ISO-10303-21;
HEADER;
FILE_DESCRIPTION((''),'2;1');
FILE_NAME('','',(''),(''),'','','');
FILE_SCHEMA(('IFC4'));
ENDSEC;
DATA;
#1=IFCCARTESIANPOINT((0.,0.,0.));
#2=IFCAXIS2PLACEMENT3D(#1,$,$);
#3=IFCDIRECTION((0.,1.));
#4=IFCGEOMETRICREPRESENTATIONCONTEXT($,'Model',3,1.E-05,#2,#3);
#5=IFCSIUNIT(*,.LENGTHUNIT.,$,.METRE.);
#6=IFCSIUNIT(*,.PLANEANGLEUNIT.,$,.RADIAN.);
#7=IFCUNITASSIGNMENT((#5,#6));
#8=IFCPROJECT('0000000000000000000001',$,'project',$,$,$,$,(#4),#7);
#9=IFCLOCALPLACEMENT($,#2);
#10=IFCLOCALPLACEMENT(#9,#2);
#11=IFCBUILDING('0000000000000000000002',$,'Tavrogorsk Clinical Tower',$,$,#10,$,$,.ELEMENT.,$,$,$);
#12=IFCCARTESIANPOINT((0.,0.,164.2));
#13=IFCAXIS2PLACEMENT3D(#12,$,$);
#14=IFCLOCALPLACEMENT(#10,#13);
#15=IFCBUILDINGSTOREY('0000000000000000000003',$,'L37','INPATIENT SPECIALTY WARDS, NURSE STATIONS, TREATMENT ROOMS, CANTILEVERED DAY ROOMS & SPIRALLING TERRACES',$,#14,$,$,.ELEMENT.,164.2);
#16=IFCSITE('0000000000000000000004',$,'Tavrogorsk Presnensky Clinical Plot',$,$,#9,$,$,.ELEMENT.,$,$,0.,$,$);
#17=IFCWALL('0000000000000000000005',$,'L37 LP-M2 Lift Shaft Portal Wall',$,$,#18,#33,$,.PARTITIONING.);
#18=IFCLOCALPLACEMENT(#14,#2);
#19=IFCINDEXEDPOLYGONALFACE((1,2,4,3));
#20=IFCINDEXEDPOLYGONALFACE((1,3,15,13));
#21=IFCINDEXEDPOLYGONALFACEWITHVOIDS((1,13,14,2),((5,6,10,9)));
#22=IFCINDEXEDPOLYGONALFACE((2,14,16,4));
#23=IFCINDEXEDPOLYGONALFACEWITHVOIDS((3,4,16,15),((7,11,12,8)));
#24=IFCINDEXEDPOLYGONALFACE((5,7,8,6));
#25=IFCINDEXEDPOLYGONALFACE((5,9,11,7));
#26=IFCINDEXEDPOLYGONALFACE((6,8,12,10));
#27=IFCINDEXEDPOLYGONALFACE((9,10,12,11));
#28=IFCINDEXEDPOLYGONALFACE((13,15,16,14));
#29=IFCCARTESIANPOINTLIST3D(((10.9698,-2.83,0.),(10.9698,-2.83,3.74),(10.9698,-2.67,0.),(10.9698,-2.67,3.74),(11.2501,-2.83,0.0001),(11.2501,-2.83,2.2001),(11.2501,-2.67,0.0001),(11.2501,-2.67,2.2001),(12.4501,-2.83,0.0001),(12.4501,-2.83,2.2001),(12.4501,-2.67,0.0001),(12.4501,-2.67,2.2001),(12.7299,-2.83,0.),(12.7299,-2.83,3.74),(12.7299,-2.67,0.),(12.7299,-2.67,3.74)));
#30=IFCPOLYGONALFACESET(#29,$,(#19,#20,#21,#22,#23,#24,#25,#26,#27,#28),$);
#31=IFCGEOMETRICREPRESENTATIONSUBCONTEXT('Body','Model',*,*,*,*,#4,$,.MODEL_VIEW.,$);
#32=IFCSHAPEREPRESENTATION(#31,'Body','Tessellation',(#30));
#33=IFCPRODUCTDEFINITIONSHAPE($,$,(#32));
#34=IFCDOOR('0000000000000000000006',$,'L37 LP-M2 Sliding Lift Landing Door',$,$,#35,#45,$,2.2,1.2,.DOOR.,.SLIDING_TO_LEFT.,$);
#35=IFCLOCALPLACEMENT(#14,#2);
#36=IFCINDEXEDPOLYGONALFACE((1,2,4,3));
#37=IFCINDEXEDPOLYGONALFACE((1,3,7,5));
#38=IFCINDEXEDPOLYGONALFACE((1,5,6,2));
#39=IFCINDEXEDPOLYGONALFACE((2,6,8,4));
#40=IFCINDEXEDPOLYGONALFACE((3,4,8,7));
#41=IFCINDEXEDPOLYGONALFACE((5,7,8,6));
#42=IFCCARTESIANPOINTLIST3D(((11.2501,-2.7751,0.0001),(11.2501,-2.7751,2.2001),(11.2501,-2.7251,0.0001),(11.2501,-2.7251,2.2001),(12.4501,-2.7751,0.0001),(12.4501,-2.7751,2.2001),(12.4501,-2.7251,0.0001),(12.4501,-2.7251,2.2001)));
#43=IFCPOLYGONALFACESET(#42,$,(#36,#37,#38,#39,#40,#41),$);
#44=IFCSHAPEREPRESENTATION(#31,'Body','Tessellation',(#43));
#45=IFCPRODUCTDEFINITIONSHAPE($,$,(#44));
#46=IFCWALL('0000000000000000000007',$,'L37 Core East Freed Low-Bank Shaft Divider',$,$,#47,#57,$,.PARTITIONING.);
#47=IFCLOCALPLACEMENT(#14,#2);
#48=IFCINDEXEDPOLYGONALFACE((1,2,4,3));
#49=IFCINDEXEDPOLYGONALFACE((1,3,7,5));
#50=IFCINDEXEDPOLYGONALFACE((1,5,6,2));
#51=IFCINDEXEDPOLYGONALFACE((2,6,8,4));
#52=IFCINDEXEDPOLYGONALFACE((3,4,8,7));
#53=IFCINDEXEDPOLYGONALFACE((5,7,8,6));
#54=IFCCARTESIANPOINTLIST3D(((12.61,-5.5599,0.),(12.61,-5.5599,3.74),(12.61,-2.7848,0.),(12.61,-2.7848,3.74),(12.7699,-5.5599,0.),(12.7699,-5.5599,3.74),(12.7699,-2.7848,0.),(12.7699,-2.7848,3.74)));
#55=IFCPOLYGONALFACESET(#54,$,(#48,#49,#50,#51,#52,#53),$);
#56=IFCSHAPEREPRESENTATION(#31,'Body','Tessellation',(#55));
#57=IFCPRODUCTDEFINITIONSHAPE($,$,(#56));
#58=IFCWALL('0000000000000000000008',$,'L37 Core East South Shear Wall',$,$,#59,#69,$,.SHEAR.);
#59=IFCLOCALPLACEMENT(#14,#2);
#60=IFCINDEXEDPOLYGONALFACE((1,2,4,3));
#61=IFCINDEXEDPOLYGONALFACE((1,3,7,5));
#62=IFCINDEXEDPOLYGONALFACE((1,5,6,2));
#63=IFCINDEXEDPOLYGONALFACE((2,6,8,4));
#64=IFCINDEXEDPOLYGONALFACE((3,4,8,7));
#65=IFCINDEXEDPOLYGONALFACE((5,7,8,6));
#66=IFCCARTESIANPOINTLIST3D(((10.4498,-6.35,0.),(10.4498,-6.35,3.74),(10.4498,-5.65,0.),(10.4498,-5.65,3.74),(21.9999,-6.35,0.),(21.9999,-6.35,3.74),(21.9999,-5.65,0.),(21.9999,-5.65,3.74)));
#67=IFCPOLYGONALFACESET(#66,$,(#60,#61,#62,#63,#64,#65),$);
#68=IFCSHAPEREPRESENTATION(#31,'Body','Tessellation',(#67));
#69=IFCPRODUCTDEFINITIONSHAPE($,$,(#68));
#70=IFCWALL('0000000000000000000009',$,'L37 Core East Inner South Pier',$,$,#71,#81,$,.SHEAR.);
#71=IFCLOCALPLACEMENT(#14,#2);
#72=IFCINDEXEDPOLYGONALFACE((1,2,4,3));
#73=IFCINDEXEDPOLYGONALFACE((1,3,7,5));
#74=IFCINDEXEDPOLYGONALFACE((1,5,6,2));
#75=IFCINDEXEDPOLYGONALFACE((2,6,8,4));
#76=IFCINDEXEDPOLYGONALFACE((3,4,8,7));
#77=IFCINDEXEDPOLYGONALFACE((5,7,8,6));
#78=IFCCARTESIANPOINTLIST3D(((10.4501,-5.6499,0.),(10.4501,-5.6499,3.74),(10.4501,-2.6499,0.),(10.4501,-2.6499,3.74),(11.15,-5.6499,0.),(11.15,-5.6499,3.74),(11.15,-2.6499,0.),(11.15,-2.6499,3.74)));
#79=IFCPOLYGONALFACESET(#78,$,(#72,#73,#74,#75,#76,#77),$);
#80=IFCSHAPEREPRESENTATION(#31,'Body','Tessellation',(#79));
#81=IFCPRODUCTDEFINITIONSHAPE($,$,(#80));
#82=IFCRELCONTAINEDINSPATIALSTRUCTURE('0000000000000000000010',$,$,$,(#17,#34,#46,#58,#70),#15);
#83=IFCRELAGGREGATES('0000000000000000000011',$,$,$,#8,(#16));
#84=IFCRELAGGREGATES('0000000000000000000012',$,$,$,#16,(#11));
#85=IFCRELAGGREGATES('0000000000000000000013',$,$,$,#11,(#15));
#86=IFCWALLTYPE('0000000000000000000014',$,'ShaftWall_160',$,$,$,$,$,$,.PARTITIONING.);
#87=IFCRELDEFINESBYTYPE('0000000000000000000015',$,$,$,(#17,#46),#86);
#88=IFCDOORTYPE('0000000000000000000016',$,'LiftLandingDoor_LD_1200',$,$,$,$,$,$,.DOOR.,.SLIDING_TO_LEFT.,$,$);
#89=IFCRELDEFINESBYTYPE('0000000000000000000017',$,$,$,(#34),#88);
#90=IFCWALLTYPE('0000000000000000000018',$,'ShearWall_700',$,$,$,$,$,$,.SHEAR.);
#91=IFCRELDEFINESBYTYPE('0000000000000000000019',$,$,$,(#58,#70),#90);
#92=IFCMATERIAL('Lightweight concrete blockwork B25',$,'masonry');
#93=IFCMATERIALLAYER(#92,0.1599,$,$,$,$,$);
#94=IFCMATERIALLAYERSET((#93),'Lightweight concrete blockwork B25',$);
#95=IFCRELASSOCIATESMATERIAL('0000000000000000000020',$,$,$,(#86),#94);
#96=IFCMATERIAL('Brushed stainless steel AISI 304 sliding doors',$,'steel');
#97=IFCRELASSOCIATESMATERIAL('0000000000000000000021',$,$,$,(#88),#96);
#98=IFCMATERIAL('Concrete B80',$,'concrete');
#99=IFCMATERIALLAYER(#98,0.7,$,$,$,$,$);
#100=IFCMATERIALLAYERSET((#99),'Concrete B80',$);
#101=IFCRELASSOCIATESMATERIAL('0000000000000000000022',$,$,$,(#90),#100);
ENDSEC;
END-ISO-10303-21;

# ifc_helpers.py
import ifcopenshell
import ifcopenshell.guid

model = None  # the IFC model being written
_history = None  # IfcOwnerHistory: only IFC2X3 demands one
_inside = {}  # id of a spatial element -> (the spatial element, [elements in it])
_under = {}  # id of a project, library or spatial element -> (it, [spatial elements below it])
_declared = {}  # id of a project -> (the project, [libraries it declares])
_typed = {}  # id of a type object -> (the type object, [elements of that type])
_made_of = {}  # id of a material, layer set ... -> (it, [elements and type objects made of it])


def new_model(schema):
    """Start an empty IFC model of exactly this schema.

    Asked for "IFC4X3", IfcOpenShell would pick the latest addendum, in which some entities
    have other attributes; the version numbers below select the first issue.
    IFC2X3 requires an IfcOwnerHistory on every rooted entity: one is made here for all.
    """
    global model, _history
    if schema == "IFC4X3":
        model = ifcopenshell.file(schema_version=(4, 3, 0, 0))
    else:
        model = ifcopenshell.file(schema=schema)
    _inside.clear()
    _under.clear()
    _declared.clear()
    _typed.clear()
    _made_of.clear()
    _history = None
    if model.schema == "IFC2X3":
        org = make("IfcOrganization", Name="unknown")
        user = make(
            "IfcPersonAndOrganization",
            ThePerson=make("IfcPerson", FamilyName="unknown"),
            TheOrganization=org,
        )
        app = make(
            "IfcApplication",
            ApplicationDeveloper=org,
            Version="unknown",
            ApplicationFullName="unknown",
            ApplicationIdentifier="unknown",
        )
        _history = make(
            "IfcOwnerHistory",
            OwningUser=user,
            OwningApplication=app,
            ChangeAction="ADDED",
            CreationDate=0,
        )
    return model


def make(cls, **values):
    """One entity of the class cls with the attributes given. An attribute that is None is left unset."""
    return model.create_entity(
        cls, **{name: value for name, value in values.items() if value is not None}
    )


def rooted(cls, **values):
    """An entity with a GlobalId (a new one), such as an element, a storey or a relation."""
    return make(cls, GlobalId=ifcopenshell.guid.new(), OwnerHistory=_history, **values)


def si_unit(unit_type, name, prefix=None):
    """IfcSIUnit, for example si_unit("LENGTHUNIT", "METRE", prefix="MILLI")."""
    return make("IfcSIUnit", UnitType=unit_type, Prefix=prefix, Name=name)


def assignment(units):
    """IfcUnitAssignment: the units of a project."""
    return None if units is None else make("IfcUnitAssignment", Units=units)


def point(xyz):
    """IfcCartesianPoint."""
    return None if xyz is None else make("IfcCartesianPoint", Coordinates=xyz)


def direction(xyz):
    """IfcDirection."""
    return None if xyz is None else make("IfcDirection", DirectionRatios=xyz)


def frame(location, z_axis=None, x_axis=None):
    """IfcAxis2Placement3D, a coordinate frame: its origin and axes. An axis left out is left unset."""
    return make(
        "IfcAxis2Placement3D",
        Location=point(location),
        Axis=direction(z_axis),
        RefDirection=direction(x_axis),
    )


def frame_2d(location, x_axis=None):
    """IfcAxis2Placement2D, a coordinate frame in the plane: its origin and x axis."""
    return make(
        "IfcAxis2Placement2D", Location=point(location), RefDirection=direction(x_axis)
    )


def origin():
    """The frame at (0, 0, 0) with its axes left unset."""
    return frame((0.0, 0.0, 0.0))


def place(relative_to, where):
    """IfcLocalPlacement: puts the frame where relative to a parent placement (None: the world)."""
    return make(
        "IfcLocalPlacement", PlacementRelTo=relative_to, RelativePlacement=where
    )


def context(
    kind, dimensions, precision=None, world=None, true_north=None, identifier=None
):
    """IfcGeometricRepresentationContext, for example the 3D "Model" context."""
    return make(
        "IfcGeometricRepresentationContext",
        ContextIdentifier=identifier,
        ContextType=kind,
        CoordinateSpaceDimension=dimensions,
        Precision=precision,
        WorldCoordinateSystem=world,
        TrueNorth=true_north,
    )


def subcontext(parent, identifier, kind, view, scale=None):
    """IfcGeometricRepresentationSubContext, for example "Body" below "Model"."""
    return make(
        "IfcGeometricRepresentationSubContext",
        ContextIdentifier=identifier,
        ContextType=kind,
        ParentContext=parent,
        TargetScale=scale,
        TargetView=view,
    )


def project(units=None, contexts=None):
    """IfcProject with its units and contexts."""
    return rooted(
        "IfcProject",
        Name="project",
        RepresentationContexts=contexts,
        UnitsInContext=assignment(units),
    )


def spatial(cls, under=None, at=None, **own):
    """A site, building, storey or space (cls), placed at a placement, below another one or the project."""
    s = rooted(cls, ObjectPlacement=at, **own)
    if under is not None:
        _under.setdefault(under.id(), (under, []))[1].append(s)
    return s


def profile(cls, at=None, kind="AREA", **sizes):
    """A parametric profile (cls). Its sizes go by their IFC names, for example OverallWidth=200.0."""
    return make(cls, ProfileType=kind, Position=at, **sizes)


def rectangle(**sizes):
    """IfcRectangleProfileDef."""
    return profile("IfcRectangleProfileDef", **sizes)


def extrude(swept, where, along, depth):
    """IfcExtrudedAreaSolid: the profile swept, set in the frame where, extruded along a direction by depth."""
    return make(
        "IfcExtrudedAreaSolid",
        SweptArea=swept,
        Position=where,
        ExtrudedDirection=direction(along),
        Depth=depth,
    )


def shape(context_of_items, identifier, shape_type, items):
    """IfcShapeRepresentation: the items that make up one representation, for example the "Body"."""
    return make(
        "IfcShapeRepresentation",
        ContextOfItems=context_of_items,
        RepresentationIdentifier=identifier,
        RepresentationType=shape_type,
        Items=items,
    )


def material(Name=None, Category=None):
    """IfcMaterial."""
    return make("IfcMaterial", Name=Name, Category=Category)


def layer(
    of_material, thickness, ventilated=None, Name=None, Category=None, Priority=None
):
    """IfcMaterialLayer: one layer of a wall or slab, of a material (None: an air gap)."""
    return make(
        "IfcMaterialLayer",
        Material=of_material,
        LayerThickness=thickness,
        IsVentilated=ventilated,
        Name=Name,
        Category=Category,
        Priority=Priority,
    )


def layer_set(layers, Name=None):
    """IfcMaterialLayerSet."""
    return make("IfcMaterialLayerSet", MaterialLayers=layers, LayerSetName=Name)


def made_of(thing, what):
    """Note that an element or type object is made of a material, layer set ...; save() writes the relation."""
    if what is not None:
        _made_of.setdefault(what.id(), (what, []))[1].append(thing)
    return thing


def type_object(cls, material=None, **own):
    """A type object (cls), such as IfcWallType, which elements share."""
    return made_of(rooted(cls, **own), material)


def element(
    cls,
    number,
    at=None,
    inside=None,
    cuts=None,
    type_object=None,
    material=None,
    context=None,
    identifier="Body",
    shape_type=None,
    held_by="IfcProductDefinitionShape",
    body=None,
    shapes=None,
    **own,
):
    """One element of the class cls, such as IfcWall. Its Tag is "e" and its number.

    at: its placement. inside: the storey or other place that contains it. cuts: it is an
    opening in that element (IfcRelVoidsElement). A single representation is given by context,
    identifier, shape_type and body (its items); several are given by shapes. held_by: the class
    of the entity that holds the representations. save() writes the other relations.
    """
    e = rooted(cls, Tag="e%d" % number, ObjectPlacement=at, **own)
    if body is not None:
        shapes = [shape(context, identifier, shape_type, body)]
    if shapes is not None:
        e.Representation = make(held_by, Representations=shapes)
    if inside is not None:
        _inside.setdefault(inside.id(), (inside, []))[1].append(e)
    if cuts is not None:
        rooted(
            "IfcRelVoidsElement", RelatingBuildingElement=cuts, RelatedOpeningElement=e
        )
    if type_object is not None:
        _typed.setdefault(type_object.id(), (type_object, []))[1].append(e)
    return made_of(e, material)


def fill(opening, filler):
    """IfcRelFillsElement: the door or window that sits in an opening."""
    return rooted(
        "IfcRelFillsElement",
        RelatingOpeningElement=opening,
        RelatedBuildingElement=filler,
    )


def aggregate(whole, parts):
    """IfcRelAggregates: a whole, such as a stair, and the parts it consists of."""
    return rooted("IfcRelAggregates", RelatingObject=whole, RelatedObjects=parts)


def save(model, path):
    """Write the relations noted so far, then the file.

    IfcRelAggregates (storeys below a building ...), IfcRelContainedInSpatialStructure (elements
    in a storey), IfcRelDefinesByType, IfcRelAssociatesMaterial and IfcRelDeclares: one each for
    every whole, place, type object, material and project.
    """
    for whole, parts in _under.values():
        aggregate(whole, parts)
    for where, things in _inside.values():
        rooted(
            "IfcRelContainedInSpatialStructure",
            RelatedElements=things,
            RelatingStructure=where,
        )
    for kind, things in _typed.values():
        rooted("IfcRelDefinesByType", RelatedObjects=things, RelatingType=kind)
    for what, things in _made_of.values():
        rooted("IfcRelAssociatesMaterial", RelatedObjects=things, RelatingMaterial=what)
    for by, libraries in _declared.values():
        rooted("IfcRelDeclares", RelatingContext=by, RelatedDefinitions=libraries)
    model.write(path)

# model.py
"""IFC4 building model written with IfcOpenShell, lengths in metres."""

from ifc_helpers import new_model, si_unit, direction, frame, frame_2d, origin, place, context, subcontext, project, spatial, rectangle, extrude, material, layer, layer_set, type_object, element, fill, save


model = new_model("IFC4")

# Units and contexts
model_context = context("Model", 3, precision=1e-05, world=origin(), true_north=direction((0.0, 1.0)))
body_context = subcontext(model_context, "Body", "Model", "MODEL_VIEW")
ifc_project = project(units=[si_unit("LENGTHUNIT", "METRE"), si_unit("PLANEANGLEUNIT", "RADIAN")], contexts=[model_context])

# Site, building, storey
site_placement = place(None, origin())
site = spatial("IfcSite", under=ifc_project, at=site_placement, Name="Tavrogorsk Presnensky Clinical Plot", CompositionType="ELEMENT", RefElevation=0.0)
building_placement = place(site_placement, origin())
building = spatial("IfcBuilding", under=site, at=building_placement, Name="Tavrogorsk Clinical Tower", CompositionType="ELEMENT")
storey_placement = place(building_placement, frame((0.0, 0.0, 164.2)))
storey = spatial("IfcBuildingStorey", under=building, at=storey_placement, Name="L37", Description="INPATIENT SPECIALTY WARDS, NURSE STATIONS, TREATMENT ROOMS, CANTILEVERED DAY ROOMS & SPIRALLING TERRACES", CompositionType="ELEMENT", Elevation=164.2)

# Wall, opening, door
ifc_material_1 = material(Name="Lightweight concrete blockwork B25", Category="masonry")
ifc_layer_1 = layer(ifc_material_1, 0.1599)
ifc_layer_set_1 = layer_set([ifc_layer_1], Name="Lightweight concrete blockwork B25")
wall_type_1 = type_object("IfcWallType", Name="ShaftWall_160", PredefinedType="PARTITIONING", material=ifc_layer_set_1)
wall_1_placement = place(storey_placement, frame((10.97, -2.75, 0.0), z_axis=(0.0, 0.0, 1.0), x_axis=(1.0, 0.0, 0.0)))
wall_1 = element("IfcWall", 1, at=wall_1_placement, inside=storey, type_object=wall_type_1, Name="L37 LP-M2 Lift Shaft Portal Wall", PredefinedType="PARTITIONING", context=body_context, shape_type="SweptSolid", body=[
    extrude(rectangle(XDim=1.76, YDim=0.1599, at=frame_2d((0.8799, 0.0))), origin(), (0.0, 0.0, 1.0), 3.74),
])
opening_1_placement = place(wall_1_placement, frame((0.28, 0.0, 0.0)))
opening_1 = element("IfcOpeningElement", 2, at=opening_1_placement, cuts=wall_1, PredefinedType="OPENING", context=body_context, shape_type="SweptSolid", body=[
    extrude(rectangle(XDim=1.2, YDim=2.2, at=frame_2d((0.6001, 1.1001))), frame((0.0, 0.0898, 0.0), z_axis=(0.0, -1.0, 0.0), x_axis=(1.0, 0.0, 0.0)), (0.0, 0.0, 1.0), 0.1799),
])
ifc_material_2 = material(Name="Brushed stainless steel AISI 304 sliding doors", Category="steel")
door_type_1 = type_object("IfcDoorType", Name="LiftLandingDoor_LD_1200", OperationType="SLIDING_TO_LEFT", PredefinedType="DOOR", material=ifc_material_2)
door_1_placement = place(opening_1_placement, origin())
door_1 = element("IfcDoor", 3, at=door_1_placement, inside=storey, type_object=door_type_1, Name="L37 LP-M2 Sliding Lift Landing Door", OperationType="SLIDING_TO_LEFT", OverallHeight=2.2, OverallWidth=1.2, PredefinedType="DOOR", context=body_context, shape_type="SweptSolid", body=[
    extrude(rectangle(XDim=1.2, YDim=2.2, at=frame_2d((0.6001, 1.1001))), frame((0.0, 0.0249, 0.0), z_axis=(0.0, -1.0, 0.0), x_axis=(1.0, 0.0, 0.0)), (0.0, 0.0, 1.0), 0.05),
])
fill(opening_1, door_1)

# Walls
wall_2_placement = place(storey_placement, frame((12.6899, -5.5601, 0.0), z_axis=(0.0, 0.0, 1.0), x_axis=(0.0, 1.0, 0.0)))
element("IfcWall", 4, at=wall_2_placement, inside=storey, type_object=wall_type_1, Name="L37 Core East Freed Low-Bank Shaft Divider", PredefinedType="PARTITIONING", context=body_context, shape_type="SweptSolid", body=[
    extrude(rectangle(XDim=2.7751, YDim=0.1599, at=frame_2d((1.3877, 0.0))), origin(), (0.0, 0.0, 1.0), 3.74),
])
ifc_material_3 = material(Name="Concrete B80", Category="concrete")
ifc_layer_2 = layer(ifc_material_3, 0.7)
ifc_layer_set_2 = layer_set([ifc_layer_2], Name="Concrete B80")
wall_type_2 = type_object("IfcWallType", Name="ShearWall_700", PredefinedType="SHEAR", material=ifc_layer_set_2)
wall_3_placement = place(storey_placement, frame((10.45, -6.0, 0.0), z_axis=(0.0, 0.0, 1.0), x_axis=(1.0, 0.0, 0.0)))
element("IfcWall", 5, at=wall_3_placement, inside=storey, type_object=wall_type_2, Name="L37 Core East South Shear Wall", PredefinedType="SHEAR", context=body_context, shape_type="SweptSolid", body=[
    extrude(rectangle(XDim=11.55, YDim=0.7, at=frame_2d((5.7749, 0.0))), origin(), (0.0, 0.0, 1.0), 3.74),
])
wall_4_placement = place(storey_placement, frame((10.8, -5.6499, 0.0), z_axis=(0.0, 0.0, 1.0), x_axis=(0.0, 1.0, 0.0)))
element("IfcWall", 6, at=wall_4_placement, inside=storey, type_object=wall_type_2, Name="L37 Core East Inner South Pier", PredefinedType="SHEAR", context=body_context, shape_type="SweptSolid", body=[
    extrude(rectangle(XDim=3.0, YDim=0.7, at=frame_2d((1.5, 0.0))), origin(), (0.0, 0.0, 1.0), 3.74),
])

save(model, "model.ifc")
